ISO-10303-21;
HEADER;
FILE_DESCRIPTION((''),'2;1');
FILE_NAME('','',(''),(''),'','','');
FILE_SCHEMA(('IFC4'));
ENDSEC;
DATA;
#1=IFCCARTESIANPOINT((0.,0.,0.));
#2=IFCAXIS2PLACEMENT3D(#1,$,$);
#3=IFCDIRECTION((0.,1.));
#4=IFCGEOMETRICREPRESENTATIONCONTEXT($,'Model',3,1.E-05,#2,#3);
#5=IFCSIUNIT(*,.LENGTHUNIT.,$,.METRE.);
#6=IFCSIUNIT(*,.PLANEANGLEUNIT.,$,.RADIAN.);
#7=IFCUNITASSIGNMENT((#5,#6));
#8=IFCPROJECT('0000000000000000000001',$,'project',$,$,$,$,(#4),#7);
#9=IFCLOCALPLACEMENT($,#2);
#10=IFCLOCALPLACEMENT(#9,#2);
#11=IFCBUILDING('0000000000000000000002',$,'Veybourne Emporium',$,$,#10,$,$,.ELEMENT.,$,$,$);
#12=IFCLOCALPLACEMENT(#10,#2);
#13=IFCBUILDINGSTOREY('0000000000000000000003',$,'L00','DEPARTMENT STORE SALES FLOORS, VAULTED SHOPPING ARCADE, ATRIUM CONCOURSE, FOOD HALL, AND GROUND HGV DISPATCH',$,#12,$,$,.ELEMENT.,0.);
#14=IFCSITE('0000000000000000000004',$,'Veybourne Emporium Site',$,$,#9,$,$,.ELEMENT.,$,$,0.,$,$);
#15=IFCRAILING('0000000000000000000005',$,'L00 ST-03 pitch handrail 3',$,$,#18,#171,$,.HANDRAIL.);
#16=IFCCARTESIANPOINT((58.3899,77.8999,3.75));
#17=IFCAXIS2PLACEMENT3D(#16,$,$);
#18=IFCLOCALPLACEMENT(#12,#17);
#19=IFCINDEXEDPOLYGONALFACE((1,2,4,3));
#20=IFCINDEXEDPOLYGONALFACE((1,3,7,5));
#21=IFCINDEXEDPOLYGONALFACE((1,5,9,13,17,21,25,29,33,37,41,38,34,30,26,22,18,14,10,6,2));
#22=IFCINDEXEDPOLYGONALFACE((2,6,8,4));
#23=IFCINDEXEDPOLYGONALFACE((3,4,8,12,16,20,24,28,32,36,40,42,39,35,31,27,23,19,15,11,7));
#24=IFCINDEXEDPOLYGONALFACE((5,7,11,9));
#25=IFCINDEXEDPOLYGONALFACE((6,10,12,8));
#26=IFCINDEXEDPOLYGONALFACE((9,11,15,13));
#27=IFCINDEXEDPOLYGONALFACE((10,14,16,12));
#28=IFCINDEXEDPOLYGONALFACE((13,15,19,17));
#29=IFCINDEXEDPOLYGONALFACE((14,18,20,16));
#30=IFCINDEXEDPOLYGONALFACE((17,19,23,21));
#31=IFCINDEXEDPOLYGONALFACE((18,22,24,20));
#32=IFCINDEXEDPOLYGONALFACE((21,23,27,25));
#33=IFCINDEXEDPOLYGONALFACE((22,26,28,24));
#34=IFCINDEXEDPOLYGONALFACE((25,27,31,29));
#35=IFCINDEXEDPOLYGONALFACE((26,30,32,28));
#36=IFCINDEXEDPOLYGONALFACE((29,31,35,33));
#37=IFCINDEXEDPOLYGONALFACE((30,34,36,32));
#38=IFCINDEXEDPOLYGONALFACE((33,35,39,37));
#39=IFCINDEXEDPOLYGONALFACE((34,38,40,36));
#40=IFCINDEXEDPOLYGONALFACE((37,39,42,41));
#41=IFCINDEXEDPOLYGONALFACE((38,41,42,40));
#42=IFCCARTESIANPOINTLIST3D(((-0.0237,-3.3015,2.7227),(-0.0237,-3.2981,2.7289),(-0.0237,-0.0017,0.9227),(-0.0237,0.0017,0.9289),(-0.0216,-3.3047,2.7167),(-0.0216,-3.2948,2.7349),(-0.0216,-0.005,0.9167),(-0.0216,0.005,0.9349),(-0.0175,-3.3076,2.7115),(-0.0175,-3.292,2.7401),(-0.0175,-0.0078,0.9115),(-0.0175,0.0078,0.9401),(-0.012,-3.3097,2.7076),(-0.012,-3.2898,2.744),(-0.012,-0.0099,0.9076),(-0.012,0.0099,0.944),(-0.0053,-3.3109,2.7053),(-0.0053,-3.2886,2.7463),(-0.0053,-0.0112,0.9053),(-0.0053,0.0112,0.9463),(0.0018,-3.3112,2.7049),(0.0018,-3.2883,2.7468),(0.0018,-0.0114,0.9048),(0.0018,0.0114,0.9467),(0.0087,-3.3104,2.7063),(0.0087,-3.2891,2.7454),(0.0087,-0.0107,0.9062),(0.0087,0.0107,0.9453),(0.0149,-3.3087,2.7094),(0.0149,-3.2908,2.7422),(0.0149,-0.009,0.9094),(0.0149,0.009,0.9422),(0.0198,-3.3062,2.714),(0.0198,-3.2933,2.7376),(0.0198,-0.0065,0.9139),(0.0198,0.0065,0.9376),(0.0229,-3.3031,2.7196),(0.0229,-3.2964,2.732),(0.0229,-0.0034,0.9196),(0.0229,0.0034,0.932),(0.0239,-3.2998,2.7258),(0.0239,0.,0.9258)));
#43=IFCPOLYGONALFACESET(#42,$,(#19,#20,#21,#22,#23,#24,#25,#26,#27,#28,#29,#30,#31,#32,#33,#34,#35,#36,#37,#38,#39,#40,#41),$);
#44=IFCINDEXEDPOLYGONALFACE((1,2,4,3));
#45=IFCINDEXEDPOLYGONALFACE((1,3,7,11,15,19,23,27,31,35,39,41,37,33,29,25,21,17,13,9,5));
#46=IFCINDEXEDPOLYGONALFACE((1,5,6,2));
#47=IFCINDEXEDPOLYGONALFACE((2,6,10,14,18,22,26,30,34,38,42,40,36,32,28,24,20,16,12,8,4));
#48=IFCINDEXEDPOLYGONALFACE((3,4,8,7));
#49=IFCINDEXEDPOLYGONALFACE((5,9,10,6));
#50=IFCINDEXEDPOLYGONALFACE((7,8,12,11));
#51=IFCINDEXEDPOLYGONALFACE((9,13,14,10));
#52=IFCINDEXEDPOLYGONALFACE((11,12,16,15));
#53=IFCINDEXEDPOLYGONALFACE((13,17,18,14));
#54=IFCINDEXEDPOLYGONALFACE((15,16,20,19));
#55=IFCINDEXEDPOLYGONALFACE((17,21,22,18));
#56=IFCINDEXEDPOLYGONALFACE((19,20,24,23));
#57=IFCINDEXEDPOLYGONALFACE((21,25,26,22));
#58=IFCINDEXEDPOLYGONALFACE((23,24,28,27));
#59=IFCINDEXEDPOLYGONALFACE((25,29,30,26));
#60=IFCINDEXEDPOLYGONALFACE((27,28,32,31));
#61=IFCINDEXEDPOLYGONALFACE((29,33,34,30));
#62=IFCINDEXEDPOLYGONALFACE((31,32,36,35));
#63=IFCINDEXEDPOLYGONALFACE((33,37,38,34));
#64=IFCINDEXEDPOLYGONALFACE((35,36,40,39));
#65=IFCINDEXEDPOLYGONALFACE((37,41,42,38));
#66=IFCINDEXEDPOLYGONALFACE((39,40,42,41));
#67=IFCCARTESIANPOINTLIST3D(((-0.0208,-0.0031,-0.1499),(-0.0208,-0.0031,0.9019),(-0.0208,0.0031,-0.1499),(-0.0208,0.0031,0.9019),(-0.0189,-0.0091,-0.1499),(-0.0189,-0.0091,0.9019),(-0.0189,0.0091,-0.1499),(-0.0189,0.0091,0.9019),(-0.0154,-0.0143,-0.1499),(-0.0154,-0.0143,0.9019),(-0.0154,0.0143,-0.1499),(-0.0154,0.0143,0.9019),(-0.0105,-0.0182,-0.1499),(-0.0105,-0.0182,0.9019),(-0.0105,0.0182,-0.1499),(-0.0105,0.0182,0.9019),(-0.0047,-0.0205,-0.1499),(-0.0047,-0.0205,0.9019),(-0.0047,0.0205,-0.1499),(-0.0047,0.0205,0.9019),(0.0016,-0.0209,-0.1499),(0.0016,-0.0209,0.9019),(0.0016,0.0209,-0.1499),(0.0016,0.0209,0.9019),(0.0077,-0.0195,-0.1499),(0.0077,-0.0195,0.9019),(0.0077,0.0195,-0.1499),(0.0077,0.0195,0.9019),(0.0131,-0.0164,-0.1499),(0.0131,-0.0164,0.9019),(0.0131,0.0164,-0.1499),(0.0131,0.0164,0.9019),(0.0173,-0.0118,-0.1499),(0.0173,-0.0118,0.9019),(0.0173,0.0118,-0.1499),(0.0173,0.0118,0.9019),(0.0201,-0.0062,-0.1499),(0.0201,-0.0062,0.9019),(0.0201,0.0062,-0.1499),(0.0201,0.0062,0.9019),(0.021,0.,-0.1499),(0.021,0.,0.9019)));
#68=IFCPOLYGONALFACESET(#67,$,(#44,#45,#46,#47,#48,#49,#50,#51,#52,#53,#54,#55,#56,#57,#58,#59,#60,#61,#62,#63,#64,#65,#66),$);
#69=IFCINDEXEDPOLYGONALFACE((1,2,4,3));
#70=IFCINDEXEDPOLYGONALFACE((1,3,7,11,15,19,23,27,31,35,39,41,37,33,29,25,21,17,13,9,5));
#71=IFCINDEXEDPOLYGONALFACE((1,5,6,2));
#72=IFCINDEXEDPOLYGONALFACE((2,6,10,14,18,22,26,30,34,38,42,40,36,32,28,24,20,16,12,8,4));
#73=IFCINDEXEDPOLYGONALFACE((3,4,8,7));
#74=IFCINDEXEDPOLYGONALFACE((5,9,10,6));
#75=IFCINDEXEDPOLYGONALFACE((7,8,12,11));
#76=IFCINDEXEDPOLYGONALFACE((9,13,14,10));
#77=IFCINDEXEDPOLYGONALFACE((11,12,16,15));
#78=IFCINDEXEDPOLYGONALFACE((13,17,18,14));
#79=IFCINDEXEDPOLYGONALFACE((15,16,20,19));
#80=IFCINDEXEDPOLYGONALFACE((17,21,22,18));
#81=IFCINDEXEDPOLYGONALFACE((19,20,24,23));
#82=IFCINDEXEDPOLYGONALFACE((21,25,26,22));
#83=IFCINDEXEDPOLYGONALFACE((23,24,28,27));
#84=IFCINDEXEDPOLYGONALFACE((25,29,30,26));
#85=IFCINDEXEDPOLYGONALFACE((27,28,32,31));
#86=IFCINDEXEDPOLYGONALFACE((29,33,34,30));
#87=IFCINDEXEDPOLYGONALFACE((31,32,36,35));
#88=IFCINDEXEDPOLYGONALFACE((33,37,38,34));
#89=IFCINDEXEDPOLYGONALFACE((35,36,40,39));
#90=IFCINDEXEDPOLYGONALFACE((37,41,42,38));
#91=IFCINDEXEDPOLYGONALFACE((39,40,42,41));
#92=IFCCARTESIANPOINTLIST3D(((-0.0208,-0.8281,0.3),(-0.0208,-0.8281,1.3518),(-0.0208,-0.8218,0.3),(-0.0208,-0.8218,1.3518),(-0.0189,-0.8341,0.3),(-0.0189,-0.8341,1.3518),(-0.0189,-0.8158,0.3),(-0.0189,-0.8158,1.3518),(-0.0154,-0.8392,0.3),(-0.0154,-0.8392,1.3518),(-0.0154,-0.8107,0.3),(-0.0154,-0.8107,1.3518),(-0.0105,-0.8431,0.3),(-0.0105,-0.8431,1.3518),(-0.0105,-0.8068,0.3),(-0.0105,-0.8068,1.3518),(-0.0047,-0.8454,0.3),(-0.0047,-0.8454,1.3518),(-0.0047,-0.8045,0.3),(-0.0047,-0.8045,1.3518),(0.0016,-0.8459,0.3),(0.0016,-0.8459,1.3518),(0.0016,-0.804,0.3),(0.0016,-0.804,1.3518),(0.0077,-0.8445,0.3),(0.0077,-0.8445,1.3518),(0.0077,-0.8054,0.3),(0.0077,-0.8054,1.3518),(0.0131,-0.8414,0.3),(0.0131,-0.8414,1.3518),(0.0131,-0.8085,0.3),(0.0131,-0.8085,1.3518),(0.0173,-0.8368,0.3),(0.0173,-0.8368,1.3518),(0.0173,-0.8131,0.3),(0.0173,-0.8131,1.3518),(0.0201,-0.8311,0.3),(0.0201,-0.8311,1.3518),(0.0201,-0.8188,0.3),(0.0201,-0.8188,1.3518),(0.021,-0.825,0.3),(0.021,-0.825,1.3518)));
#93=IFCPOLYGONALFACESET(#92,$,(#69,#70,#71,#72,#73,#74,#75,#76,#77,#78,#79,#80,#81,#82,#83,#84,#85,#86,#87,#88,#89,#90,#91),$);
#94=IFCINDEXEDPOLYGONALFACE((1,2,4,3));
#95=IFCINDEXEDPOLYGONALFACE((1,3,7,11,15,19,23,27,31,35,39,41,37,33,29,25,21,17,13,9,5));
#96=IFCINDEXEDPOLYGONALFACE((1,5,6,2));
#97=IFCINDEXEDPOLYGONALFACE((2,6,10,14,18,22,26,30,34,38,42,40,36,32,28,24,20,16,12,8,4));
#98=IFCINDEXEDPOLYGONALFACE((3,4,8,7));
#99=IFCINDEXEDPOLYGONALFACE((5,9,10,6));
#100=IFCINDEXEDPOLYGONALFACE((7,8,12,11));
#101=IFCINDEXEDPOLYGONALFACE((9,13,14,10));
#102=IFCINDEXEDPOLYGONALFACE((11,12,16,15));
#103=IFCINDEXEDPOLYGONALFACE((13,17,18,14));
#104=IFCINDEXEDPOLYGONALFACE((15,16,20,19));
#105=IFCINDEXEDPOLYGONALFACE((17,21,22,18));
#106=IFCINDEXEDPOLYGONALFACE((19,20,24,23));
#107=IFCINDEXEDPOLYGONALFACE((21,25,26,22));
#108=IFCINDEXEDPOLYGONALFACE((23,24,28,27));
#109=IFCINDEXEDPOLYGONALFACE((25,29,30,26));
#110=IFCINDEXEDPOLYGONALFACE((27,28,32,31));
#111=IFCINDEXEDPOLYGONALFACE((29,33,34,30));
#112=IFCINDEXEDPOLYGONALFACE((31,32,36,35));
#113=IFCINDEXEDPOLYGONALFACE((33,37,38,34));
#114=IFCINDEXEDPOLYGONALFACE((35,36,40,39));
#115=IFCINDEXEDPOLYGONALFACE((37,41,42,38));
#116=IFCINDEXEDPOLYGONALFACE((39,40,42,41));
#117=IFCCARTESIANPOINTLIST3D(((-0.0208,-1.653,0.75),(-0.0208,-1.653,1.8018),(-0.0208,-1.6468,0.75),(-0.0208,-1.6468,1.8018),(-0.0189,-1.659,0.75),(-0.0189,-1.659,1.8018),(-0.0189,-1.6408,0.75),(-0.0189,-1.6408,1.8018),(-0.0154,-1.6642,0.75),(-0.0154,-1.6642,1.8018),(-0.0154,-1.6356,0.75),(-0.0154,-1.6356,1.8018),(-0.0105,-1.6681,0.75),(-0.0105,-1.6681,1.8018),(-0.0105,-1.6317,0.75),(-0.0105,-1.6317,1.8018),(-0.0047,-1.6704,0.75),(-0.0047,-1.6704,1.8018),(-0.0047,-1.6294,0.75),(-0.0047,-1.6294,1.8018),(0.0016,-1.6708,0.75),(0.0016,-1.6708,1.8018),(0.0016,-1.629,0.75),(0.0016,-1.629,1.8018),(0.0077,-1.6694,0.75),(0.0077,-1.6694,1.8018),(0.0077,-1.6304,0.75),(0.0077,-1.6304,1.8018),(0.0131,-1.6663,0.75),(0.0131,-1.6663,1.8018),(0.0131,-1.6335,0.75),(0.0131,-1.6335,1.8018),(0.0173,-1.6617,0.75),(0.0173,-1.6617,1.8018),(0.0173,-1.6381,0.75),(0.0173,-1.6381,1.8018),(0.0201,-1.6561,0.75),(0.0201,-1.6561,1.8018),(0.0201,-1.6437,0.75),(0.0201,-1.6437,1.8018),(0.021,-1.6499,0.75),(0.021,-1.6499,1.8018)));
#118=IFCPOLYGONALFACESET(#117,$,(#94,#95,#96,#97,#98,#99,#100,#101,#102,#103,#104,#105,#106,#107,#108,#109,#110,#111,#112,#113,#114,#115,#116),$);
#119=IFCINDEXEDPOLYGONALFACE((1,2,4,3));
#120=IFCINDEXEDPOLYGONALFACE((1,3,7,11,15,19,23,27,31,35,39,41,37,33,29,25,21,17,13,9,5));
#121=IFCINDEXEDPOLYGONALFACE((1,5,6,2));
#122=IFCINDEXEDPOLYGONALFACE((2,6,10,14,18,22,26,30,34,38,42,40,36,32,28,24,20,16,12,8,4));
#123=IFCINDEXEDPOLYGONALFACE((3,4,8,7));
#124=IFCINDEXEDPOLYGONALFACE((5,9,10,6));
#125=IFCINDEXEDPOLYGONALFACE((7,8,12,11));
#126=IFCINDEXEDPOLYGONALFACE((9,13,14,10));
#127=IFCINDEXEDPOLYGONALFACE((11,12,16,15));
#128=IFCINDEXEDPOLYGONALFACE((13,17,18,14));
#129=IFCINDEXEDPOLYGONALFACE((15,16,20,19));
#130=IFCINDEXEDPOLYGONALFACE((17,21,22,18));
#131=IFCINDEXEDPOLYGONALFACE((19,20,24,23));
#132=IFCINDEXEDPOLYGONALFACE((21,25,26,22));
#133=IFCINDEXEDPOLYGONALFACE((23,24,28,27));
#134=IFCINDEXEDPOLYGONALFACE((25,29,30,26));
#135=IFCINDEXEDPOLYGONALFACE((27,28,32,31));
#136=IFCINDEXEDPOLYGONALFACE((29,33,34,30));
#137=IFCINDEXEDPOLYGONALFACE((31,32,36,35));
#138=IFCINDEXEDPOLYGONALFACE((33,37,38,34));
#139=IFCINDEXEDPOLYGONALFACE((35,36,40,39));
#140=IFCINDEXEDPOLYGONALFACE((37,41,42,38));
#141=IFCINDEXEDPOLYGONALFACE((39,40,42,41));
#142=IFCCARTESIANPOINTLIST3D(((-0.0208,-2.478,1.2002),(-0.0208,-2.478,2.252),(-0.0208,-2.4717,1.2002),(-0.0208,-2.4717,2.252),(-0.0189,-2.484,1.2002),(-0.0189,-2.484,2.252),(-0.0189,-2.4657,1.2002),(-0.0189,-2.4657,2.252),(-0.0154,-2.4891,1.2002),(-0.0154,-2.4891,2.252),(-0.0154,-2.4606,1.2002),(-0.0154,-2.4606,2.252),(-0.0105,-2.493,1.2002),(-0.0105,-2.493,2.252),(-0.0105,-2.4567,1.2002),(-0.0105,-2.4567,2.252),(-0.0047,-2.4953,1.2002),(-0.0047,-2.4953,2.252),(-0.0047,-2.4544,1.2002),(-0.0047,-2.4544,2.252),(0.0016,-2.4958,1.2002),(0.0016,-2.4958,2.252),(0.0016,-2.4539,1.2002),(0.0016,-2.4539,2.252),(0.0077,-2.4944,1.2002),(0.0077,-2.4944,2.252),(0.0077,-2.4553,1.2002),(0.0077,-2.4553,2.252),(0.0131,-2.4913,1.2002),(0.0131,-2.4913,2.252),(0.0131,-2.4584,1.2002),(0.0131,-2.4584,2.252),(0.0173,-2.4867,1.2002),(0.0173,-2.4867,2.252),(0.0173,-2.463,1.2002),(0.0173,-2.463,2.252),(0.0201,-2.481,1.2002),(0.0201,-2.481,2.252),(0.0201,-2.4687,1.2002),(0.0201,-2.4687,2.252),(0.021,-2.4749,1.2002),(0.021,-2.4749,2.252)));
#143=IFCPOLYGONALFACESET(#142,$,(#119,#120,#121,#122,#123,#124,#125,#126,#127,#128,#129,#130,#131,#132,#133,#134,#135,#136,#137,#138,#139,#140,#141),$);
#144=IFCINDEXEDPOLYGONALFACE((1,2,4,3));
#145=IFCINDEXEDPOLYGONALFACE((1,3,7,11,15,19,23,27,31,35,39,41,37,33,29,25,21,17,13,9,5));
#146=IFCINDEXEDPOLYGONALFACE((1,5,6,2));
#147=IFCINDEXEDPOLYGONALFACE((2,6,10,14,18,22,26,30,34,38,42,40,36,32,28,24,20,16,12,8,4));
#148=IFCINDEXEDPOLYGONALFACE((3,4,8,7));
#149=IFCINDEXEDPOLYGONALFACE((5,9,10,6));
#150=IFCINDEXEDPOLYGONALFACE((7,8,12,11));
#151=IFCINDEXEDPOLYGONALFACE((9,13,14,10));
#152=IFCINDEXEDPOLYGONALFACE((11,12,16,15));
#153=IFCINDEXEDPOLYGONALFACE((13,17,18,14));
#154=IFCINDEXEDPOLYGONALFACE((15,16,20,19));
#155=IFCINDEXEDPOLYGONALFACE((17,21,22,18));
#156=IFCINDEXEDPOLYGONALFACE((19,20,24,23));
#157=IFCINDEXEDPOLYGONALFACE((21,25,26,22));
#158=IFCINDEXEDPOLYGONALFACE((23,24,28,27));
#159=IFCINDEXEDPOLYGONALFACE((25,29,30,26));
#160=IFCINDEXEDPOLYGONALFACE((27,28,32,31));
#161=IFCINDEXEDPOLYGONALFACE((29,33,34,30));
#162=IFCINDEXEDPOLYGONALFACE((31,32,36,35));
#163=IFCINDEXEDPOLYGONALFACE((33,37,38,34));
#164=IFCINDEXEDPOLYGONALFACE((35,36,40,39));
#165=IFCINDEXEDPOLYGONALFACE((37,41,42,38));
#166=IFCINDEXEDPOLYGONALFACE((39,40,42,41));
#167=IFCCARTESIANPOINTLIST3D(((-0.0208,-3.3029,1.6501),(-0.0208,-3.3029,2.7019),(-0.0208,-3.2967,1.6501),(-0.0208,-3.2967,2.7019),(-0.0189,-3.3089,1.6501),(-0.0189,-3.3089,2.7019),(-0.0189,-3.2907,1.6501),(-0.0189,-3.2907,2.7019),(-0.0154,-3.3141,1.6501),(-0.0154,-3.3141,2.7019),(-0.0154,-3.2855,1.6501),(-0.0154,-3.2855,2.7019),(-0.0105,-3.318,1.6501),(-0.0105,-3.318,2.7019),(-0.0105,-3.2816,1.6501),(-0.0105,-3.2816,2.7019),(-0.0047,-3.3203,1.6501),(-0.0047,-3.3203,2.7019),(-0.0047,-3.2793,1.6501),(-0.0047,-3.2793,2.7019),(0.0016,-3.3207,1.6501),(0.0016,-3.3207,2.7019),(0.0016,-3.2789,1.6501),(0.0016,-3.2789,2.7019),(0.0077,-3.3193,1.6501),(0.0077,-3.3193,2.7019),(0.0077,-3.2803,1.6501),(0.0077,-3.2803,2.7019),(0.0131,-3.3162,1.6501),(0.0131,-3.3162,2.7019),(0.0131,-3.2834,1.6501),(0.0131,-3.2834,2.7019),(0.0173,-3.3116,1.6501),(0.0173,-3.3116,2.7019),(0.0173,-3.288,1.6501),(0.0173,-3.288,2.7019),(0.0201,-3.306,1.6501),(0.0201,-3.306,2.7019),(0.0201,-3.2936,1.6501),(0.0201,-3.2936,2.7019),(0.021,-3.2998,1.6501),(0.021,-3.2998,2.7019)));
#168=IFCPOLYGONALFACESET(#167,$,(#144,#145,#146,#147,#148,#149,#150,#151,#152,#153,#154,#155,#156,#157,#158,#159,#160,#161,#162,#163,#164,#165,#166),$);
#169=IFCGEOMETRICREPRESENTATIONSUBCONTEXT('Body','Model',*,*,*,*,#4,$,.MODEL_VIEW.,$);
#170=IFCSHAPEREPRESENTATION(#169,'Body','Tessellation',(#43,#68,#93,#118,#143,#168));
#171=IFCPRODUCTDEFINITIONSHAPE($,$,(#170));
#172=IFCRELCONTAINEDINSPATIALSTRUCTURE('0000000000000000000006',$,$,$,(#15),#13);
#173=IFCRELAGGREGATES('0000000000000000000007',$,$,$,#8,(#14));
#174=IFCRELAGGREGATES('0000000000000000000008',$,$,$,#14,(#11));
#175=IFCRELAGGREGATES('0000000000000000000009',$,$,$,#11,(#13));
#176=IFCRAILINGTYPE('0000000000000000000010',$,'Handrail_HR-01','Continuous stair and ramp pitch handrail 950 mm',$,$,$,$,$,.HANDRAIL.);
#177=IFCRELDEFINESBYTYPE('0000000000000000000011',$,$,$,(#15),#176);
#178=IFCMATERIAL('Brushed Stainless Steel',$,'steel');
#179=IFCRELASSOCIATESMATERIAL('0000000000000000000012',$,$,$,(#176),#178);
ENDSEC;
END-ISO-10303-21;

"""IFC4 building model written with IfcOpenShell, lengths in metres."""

from ifc_helpers import new_model, si_unit, direction, frame, origin, origin_2d, place, context, subcontext, project, spatial, circle, extrude, material, type_object, element, save


model = new_model("IFC4")

# Units and contexts
model_context = context("Model", 3, precision=1e-05, world=origin(), true_north=direction((0.0, 1.0)))
body_context = subcontext(model_context, "Body", "Model", "MODEL_VIEW")
ifc_project = project(units=[si_unit("LENGTHUNIT", "METRE"), si_unit("PLANEANGLEUNIT", "RADIAN")], contexts=[model_context])

# Site, building, storey
site_placement = place(None, origin())
site = spatial("IfcSite", under=ifc_project, at=site_placement, Name="Veybourne Emporium Site", CompositionType="ELEMENT", RefElevation=0.0)
building_placement = place(site_placement, origin())
building = spatial("IfcBuilding", under=site, at=building_placement, Name="Veybourne Emporium", CompositionType="ELEMENT")
storey_placement = place(building_placement, origin())
storey = spatial("IfcBuildingStorey", under=building, at=storey_placement, Name="L00", Description="DEPARTMENT STORE SALES FLOORS, VAULTED SHOPPING ARCADE, ATRIUM CONCOURSE, FOOD HALL, AND GROUND HGV DISPATCH", CompositionType="ELEMENT", Elevation=0.0)

# Railing
ifc_material_1 = material(Name="Brushed Stainless Steel", Category="steel")
railing_type_1 = type_object("IfcRailingType", Name="Handrail_HR-01", Description="Continuous stair and ramp pitch handrail 950 mm", PredefinedType="HANDRAIL", material=ifc_material_1)
railing_1_placement = place(storey_placement, frame((58.3899, 77.8999, 3.75)))
element("IfcRailing", 1, at=railing_1_placement, inside=storey, type_object=railing_type_1, Name="L00 ST-03 pitch handrail 3", PredefinedType="HANDRAIL", context=body_context, shape_type="SweptSolid", body=[
    extrude(circle(Radius=0.0239, at=origin_2d()), frame((0.0, 0.0, 0.9258), z_axis=(0.0, -0.877878, 0.478884), x_axis=(1.0, 0.0, 0.0)), (0.0, 0.0, 1.0), 3.7588),
    extrude(circle(Radius=0.021, at=origin_2d()), frame((0.0, 0.0, -0.1499)), (0.0, 0.0, 1.0), 1.0518),
    extrude(circle(Radius=0.021, at=origin_2d()), frame((0.0, -0.825, 0.3)), (0.0, 0.0, 1.0), 1.0518),
    extrude(circle(Radius=0.021, at=origin_2d()), frame((0.0, -1.6499, 0.75)), (0.0, 0.0, 1.0), 1.0518),
    extrude(circle(Radius=0.021, at=origin_2d()), frame((0.0, -2.4749, 1.2002)), (0.0, 0.0, 1.0), 1.0518),
    extrude(circle(Radius=0.021, at=origin_2d()), frame((0.0, -3.2998, 1.6501)), (0.0, 0.0, 1.0), 1.0518),
])

save(model, "model.ifc")
